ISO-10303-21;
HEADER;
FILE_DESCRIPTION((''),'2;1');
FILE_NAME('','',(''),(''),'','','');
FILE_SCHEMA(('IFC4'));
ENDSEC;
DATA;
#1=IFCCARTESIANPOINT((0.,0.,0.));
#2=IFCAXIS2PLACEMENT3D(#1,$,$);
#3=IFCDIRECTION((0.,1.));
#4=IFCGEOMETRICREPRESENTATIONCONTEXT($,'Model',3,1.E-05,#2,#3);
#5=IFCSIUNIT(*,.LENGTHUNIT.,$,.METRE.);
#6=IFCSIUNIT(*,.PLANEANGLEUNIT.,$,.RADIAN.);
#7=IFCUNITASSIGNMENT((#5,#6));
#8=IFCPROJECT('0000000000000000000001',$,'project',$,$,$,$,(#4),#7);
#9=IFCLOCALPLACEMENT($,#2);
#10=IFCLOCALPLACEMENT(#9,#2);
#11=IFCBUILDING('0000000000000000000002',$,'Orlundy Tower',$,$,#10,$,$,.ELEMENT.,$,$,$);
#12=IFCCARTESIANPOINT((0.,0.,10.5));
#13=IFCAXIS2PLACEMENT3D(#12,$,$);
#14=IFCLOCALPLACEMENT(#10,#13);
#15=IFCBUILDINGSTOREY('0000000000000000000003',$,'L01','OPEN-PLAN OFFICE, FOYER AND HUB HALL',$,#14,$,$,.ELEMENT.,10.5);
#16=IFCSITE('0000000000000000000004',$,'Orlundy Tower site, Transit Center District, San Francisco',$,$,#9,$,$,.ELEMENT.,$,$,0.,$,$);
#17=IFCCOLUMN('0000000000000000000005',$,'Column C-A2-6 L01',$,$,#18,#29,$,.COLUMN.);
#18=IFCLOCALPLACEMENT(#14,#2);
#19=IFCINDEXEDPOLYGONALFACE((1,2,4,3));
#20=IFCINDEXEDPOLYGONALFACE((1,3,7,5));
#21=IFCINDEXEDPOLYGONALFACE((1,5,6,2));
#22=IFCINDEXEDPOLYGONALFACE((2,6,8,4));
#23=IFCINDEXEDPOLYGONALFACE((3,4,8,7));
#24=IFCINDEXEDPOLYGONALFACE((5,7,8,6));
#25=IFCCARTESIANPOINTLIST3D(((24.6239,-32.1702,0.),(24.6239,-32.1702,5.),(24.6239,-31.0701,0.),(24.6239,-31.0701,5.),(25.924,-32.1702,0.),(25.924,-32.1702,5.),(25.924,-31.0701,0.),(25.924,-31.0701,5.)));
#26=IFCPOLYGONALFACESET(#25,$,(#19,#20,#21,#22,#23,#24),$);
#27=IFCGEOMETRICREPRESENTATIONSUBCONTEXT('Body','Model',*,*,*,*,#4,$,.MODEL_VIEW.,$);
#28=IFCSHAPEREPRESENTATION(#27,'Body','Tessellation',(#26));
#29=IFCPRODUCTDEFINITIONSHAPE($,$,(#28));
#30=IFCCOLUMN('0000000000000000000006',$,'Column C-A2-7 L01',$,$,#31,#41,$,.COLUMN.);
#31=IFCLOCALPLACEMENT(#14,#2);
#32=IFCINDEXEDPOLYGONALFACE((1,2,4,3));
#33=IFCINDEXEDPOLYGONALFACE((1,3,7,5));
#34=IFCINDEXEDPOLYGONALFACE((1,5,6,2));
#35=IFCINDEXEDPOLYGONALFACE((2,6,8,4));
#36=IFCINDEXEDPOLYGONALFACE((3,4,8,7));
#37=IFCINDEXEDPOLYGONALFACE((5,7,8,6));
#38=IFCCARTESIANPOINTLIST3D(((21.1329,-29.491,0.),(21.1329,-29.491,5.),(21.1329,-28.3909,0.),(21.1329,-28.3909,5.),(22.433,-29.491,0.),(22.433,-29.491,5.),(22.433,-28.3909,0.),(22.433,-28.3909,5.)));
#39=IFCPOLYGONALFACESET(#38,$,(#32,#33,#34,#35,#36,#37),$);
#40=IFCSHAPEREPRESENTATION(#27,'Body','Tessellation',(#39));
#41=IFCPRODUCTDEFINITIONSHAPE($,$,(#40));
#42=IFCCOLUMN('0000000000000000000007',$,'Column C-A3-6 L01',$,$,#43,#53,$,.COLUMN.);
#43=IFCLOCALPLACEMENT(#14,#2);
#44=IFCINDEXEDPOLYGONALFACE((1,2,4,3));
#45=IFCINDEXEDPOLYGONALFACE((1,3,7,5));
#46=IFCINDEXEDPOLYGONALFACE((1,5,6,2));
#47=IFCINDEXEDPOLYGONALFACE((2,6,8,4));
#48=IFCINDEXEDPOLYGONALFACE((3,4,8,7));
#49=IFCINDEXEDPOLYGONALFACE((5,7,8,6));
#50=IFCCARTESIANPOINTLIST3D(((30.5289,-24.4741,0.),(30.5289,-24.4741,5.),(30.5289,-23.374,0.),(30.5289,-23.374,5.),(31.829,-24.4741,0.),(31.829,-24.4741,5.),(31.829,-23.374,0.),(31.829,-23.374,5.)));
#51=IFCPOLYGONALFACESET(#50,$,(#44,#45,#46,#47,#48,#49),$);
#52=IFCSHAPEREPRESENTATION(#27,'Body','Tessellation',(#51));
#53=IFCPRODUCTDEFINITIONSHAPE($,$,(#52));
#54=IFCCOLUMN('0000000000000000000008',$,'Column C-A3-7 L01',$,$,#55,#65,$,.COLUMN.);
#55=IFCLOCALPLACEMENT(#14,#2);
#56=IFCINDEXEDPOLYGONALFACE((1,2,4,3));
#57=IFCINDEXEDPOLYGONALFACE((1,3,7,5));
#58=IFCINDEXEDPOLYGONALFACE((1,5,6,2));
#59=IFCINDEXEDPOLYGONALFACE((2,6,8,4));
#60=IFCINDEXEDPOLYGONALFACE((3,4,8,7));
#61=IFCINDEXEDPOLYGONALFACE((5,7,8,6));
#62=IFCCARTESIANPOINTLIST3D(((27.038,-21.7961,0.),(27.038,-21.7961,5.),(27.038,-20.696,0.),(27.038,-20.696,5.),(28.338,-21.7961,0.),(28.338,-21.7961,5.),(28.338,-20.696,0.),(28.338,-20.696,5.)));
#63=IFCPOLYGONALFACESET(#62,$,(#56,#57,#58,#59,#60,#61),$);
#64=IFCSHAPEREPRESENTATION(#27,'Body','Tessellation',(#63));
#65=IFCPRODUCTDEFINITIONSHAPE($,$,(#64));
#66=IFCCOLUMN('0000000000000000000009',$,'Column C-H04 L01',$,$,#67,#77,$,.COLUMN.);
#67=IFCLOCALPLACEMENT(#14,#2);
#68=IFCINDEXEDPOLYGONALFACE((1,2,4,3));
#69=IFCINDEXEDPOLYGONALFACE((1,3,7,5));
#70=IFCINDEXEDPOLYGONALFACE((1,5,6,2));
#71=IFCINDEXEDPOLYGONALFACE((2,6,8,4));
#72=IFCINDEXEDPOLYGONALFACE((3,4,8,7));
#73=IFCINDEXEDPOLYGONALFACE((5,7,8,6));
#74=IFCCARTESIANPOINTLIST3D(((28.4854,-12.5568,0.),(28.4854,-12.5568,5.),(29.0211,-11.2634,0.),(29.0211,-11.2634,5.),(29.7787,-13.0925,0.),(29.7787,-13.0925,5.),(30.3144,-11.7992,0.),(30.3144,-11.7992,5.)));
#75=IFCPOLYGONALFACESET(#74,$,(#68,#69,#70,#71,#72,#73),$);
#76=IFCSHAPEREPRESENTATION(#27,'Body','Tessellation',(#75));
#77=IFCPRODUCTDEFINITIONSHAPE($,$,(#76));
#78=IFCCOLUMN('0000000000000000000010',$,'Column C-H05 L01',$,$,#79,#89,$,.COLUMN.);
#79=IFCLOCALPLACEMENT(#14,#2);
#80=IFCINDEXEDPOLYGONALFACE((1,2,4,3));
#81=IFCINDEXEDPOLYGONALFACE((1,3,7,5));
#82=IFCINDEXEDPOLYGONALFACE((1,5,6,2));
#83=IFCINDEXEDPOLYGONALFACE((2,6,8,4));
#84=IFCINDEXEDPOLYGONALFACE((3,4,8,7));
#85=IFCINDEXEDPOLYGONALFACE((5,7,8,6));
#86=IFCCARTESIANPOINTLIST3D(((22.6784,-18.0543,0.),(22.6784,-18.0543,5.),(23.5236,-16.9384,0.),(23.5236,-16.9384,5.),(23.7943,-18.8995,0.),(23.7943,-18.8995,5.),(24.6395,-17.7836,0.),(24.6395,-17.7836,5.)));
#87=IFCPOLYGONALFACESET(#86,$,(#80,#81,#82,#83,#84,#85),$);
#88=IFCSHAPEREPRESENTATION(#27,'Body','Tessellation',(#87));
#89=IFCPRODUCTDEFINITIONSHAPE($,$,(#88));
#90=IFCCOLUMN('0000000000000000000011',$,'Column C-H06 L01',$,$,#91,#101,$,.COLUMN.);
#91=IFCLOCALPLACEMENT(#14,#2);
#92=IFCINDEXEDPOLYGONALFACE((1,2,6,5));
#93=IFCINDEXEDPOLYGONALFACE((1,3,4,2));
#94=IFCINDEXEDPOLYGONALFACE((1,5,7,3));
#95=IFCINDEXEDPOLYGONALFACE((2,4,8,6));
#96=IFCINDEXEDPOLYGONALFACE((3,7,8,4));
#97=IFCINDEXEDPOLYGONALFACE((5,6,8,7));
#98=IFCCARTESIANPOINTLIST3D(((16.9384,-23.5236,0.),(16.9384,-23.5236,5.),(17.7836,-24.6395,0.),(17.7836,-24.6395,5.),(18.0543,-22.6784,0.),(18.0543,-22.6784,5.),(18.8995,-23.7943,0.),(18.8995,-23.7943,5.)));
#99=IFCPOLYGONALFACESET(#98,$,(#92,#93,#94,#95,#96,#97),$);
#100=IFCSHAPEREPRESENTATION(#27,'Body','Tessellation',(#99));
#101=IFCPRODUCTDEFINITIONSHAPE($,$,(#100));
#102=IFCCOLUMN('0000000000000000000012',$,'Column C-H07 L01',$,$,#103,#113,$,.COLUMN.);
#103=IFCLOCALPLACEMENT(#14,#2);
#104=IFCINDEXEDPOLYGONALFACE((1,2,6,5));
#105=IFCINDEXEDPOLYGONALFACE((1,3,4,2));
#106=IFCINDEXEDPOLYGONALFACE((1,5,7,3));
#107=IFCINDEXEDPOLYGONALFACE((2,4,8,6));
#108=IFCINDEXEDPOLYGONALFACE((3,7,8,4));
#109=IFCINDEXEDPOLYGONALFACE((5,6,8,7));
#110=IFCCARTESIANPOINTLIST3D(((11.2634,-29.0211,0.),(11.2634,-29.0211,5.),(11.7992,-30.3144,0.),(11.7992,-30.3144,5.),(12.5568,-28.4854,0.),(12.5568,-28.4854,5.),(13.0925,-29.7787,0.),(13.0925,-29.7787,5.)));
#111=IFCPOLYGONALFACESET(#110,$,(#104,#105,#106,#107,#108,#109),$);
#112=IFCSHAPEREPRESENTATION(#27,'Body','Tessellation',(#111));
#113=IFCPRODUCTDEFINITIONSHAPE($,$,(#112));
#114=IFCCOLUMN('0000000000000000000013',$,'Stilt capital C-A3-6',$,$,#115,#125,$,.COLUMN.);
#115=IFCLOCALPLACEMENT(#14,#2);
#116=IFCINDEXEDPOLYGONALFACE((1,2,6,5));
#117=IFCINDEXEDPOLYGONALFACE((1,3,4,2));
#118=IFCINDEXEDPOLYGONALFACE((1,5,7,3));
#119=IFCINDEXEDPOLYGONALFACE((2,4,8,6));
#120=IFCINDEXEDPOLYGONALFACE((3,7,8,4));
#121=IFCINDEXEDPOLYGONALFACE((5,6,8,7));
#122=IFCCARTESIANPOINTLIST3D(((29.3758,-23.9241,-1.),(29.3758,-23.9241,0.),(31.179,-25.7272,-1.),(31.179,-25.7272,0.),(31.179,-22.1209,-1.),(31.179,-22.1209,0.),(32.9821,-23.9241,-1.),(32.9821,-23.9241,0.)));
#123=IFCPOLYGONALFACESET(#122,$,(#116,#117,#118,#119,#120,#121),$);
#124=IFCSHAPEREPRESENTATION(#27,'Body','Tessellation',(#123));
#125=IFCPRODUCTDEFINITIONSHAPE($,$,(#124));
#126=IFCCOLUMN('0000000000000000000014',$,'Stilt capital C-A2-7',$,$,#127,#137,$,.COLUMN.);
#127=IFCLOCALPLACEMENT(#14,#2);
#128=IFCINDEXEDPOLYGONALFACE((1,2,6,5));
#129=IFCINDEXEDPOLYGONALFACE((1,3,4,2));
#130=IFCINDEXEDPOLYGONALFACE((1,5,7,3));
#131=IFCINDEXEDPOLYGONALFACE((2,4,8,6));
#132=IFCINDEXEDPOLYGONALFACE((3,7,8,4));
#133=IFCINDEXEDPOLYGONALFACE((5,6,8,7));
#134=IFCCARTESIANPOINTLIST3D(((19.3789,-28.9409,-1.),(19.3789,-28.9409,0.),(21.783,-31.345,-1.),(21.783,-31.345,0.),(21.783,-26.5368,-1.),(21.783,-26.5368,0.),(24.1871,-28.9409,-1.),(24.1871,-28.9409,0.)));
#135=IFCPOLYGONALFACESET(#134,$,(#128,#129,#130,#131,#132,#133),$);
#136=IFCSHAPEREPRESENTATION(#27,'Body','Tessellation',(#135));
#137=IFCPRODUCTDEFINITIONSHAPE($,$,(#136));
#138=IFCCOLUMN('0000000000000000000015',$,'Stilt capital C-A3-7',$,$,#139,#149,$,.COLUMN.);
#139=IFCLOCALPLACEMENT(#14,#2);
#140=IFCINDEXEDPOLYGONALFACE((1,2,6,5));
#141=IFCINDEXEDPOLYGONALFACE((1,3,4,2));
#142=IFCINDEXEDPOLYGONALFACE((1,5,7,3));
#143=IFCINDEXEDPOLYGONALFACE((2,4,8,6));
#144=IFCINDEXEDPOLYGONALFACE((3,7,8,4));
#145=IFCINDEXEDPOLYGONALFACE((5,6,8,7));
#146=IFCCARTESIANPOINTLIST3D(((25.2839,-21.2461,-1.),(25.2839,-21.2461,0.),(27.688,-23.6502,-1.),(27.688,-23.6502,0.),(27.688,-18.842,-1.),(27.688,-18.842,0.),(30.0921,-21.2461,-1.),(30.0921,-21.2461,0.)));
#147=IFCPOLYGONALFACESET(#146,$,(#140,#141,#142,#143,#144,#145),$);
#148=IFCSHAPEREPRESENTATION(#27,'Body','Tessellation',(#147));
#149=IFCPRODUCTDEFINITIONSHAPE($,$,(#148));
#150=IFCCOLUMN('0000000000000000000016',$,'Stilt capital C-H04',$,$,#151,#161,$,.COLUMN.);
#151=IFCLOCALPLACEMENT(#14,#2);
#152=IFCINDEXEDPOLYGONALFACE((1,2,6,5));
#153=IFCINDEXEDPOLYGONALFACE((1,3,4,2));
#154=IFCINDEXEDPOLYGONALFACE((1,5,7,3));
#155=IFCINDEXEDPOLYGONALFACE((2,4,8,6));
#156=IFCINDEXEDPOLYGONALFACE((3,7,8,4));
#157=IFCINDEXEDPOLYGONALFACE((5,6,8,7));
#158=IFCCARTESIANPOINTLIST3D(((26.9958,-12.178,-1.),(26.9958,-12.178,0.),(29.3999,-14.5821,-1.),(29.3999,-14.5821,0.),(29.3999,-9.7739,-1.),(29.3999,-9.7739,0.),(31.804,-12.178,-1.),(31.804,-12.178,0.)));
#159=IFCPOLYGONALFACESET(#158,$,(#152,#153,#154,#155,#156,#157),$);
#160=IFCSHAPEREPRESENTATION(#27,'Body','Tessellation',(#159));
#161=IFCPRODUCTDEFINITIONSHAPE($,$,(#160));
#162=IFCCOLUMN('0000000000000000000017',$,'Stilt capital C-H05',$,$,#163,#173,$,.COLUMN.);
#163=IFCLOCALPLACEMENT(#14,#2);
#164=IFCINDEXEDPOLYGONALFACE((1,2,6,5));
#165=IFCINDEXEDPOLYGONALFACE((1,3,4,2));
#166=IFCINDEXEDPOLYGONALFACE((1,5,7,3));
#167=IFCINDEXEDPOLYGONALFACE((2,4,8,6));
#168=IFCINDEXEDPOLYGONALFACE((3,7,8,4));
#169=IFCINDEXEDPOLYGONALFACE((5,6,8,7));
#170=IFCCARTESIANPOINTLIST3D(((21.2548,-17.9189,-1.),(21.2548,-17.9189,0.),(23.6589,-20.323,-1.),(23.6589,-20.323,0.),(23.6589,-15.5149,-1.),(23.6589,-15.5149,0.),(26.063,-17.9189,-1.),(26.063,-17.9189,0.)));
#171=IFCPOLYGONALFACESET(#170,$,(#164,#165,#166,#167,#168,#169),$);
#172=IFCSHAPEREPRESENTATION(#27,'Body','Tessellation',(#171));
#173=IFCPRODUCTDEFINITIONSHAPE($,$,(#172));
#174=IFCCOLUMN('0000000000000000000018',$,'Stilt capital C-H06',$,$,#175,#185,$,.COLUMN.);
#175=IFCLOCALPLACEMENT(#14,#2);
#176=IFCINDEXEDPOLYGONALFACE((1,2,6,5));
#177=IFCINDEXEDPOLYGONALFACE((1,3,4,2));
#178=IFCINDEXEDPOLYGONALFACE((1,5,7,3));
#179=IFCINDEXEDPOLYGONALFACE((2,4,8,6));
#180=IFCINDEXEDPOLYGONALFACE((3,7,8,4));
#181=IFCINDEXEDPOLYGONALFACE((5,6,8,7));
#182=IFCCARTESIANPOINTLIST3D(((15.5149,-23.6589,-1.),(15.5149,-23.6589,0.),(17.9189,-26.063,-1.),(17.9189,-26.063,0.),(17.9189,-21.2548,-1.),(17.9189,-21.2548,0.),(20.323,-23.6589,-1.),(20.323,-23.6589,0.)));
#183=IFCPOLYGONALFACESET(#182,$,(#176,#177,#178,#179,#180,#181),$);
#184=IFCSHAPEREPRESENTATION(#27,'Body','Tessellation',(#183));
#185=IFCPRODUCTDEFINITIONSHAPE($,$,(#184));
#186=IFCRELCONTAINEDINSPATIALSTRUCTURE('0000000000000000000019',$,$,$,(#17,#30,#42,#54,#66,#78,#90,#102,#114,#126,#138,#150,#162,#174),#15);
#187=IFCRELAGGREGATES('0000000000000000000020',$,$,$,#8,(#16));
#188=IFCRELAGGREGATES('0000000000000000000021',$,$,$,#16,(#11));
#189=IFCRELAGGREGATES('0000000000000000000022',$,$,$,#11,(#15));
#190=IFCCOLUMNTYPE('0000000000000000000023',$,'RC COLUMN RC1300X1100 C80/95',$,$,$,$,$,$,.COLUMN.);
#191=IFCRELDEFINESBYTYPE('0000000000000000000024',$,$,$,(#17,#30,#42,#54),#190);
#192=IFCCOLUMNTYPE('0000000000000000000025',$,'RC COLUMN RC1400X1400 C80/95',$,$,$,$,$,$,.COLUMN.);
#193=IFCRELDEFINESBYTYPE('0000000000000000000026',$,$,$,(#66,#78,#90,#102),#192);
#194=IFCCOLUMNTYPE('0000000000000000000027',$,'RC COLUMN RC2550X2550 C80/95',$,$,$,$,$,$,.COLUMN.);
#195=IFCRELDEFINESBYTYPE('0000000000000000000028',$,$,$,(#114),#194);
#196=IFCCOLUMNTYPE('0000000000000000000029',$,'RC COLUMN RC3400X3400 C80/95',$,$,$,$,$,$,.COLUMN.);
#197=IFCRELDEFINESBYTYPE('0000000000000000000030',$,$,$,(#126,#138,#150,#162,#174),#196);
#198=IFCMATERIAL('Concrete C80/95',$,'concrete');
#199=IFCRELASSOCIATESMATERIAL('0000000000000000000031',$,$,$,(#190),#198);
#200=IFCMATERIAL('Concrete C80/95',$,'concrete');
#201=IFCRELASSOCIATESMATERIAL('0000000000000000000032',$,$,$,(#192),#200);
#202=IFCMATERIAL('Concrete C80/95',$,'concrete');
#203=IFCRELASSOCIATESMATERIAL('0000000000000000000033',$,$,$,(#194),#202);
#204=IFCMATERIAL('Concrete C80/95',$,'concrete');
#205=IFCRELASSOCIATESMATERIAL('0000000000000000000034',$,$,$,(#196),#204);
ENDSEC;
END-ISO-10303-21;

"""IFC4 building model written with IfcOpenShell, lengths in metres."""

from ifc_helpers import new_model, si_unit, direction, frame, origin, origin_2d, place, context, subcontext, project, spatial, rectangle, extrude, material, material_profile, profile_set, type_object, element, save


model = new_model("IFC4")

# Units and contexts
model_context = context("Model", 3, precision=1e-05, world=origin(), true_north=direction((0.0, 1.0)))
body_context = subcontext(model_context, "Body", "Model", "MODEL_VIEW")
ifc_project = project(units=[si_unit("LENGTHUNIT", "METRE"), si_unit("PLANEANGLEUNIT", "RADIAN")], contexts=[model_context])

# Site, building, storey
site_placement = place(None, origin())
site = spatial("IfcSite", under=ifc_project, at=site_placement, Name="Orlundy Tower site, Transit Center District, San Francisco", CompositionType="ELEMENT", RefElevation=0.0)
building_placement = place(site_placement, origin())
building = spatial("IfcBuilding", under=site, at=building_placement, Name="Orlundy Tower", CompositionType="ELEMENT")
storey_placement = place(building_placement, frame((0.0, 0.0, 10.5)))
storey = spatial("IfcBuildingStorey", under=building, at=storey_placement, Name="L01", Description="OPEN-PLAN OFFICE, FOYER AND HUB HALL", CompositionType="ELEMENT", Elevation=10.5)

# Columns
ifc_material_1 = material(Name="Concrete C80/95", Category="concrete")
ifc_material_profile_1 = material_profile(ifc_material_1, rectangle(XDim=1.3, YDim=1.1001, at=origin_2d()), Name="RC1300X1100")
ifc_profile_set_1 = profile_set([ifc_material_profile_1], Name="Concrete C80/95")
column_type_1 = type_object("IfcColumnType", Name="RC COLUMN RC1300X1100 C80/95", PredefinedType="COLUMN", material=ifc_profile_set_1)
for number, where, z_axis, x_axis, name in (
    (1, (25.2739, -31.6201, 0.0), (0.0, 0.0, 1.0), (1.0, 0.0, 0.0), "Column C-A2-6 L01"),
    (2, (21.783, -28.9409, 0.0), (0.0, 0.0, 1.0), (1.0, 0.0, 0.0), "Column C-A2-7 L01"),
    (3, (31.179, -23.9241, 0.0), (0.0, 0.0, 1.0), (1.0, 0.0, 0.0), "Column C-A3-6 L01"),
    (4, (27.688, -21.2461, 0.0), (0.0, 0.0, 1.0), (1.0, 0.0, 0.0), "Column C-A3-7 L01"),
):
    element("IfcColumn", number, at=place(storey_placement, frame(where, z_axis=z_axis, x_axis=x_axis)), inside=storey, type_object=column_type_1, Name=name, PredefinedType="COLUMN", context=body_context, shape_type="SweptSolid", body=[
        extrude(rectangle(XDim=1.3, YDim=1.1001, at=origin_2d()), origin(), (0.0, 0.0, 1.0), 5.0),
    ])
ifc_material_2 = material(Name="Concrete C80/95", Category="concrete")
ifc_material_profile_2 = material_profile(ifc_material_2, rectangle(XDim=1.3999, YDim=1.3999, at=origin_2d()), Name="RC1400X1400")
ifc_profile_set_2 = profile_set([ifc_material_profile_2], Name="Concrete C80/95")
column_type_2 = type_object("IfcColumnType", Name="RC COLUMN RC1400X1400 C80/95", PredefinedType="COLUMN", material=ifc_profile_set_2)
for number, where, z_axis, x_axis, name in (
    (5, (29.3999, -12.178, 0.0), (0.0, 0.0, 1.0), (0.92388, -0.382683, 0.0), "Column C-H04 L01"),
    (6, (23.6589, -17.9189, 0.0), (0.0, 0.0, 1.0), (0.797163, -0.603765, 0.0), "Column C-H05 L01"),
    (7, (17.9189, -23.6589, 0.0), (0.0, 0.0, 1.0), (0.603765, -0.797163, 0.0), "Column C-H06 L01"),
    (8, (12.178, -29.3999, 0.0), (0.0, 0.0, 1.0), (0.382683, -0.92388, 0.0), "Column C-H07 L01"),
):
    element("IfcColumn", number, at=place(storey_placement, frame(where, z_axis=z_axis, x_axis=x_axis)), inside=storey, type_object=column_type_2, Name=name, PredefinedType="COLUMN", context=body_context, shape_type="SweptSolid", body=[
        extrude(rectangle(XDim=1.3999, YDim=1.3999, at=origin_2d()), origin(), (0.0, 0.0, 1.0), 5.0),
    ])
ifc_material_3 = material(Name="Concrete C80/95", Category="concrete")
ifc_material_profile_3 = material_profile(ifc_material_3, rectangle(XDim=2.55, YDim=2.55, at=origin_2d()), Name="RC2550X2550")
ifc_profile_set_3 = profile_set([ifc_material_profile_3], Name="Concrete C80/95")
column_type_3 = type_object("IfcColumnType", Name="RC COLUMN RC2550X2550 C80/95", PredefinedType="COLUMN", material=ifc_profile_set_3)
column_placement = place(storey_placement, frame((31.179, -23.9241, -1.0), z_axis=(0.0, 0.0, 1.0), x_axis=(0.707107, 0.707107, 0.0)))
element("IfcColumn", 9, at=column_placement, inside=storey, type_object=column_type_3, Name="Stilt capital C-A3-6", PredefinedType="COLUMN", context=body_context, shape_type="SweptSolid", body=[
    extrude(rectangle(XDim=2.55, YDim=2.55, at=origin_2d()), origin(), (0.0, 0.0, 1.0), 1.0),
])
ifc_material_4 = material(Name="Concrete C80/95", Category="concrete")
ifc_material_profile_4 = material_profile(ifc_material_4, rectangle(XDim=3.3999, YDim=3.3999, at=origin_2d()), Name="RC3400X3400")
ifc_profile_set_4 = profile_set([ifc_material_profile_4], Name="Concrete C80/95")
column_type_4 = type_object("IfcColumnType", Name="RC COLUMN RC3400X3400 C80/95", PredefinedType="COLUMN", material=ifc_profile_set_4)
for number, where, z_axis, x_axis, name in (
    (10, (21.783, -28.9409, -1.0), (0.0, 0.0, 1.0), (0.707107, 0.707107, 0.0), "Stilt capital C-A2-7"),
    (11, (27.688, -21.2461, -1.0), (0.0, 0.0, 1.0), (0.707107, 0.707107, 0.0), "Stilt capital C-A3-7"),
    (12, (29.3999, -12.178, -1.0), (0.0, 0.0, 1.0), (0.707107, 0.707107, 0.0), "Stilt capital C-H04"),
    (13, (23.6589, -17.9189, -1.0), (0.0, 0.0, 1.0), (0.707107, 0.707107, 0.0), "Stilt capital C-H05"),
    (14, (17.9189, -23.6589, -1.0), (0.0, 0.0, 1.0), (0.707107, 0.707107, 0.0), "Stilt capital C-H06"),
):
    element("IfcColumn", number, at=place(storey_placement, frame(where, z_axis=z_axis, x_axis=x_axis)), inside=storey, type_object=column_type_4, Name=name, PredefinedType="COLUMN", context=body_context, shape_type="SweptSolid", body=[
        extrude(rectangle(XDim=3.3999, YDim=3.3999, at=origin_2d()), origin(), (0.0, 0.0, 1.0), 1.0),
    ])

save(model, "model.ifc")
